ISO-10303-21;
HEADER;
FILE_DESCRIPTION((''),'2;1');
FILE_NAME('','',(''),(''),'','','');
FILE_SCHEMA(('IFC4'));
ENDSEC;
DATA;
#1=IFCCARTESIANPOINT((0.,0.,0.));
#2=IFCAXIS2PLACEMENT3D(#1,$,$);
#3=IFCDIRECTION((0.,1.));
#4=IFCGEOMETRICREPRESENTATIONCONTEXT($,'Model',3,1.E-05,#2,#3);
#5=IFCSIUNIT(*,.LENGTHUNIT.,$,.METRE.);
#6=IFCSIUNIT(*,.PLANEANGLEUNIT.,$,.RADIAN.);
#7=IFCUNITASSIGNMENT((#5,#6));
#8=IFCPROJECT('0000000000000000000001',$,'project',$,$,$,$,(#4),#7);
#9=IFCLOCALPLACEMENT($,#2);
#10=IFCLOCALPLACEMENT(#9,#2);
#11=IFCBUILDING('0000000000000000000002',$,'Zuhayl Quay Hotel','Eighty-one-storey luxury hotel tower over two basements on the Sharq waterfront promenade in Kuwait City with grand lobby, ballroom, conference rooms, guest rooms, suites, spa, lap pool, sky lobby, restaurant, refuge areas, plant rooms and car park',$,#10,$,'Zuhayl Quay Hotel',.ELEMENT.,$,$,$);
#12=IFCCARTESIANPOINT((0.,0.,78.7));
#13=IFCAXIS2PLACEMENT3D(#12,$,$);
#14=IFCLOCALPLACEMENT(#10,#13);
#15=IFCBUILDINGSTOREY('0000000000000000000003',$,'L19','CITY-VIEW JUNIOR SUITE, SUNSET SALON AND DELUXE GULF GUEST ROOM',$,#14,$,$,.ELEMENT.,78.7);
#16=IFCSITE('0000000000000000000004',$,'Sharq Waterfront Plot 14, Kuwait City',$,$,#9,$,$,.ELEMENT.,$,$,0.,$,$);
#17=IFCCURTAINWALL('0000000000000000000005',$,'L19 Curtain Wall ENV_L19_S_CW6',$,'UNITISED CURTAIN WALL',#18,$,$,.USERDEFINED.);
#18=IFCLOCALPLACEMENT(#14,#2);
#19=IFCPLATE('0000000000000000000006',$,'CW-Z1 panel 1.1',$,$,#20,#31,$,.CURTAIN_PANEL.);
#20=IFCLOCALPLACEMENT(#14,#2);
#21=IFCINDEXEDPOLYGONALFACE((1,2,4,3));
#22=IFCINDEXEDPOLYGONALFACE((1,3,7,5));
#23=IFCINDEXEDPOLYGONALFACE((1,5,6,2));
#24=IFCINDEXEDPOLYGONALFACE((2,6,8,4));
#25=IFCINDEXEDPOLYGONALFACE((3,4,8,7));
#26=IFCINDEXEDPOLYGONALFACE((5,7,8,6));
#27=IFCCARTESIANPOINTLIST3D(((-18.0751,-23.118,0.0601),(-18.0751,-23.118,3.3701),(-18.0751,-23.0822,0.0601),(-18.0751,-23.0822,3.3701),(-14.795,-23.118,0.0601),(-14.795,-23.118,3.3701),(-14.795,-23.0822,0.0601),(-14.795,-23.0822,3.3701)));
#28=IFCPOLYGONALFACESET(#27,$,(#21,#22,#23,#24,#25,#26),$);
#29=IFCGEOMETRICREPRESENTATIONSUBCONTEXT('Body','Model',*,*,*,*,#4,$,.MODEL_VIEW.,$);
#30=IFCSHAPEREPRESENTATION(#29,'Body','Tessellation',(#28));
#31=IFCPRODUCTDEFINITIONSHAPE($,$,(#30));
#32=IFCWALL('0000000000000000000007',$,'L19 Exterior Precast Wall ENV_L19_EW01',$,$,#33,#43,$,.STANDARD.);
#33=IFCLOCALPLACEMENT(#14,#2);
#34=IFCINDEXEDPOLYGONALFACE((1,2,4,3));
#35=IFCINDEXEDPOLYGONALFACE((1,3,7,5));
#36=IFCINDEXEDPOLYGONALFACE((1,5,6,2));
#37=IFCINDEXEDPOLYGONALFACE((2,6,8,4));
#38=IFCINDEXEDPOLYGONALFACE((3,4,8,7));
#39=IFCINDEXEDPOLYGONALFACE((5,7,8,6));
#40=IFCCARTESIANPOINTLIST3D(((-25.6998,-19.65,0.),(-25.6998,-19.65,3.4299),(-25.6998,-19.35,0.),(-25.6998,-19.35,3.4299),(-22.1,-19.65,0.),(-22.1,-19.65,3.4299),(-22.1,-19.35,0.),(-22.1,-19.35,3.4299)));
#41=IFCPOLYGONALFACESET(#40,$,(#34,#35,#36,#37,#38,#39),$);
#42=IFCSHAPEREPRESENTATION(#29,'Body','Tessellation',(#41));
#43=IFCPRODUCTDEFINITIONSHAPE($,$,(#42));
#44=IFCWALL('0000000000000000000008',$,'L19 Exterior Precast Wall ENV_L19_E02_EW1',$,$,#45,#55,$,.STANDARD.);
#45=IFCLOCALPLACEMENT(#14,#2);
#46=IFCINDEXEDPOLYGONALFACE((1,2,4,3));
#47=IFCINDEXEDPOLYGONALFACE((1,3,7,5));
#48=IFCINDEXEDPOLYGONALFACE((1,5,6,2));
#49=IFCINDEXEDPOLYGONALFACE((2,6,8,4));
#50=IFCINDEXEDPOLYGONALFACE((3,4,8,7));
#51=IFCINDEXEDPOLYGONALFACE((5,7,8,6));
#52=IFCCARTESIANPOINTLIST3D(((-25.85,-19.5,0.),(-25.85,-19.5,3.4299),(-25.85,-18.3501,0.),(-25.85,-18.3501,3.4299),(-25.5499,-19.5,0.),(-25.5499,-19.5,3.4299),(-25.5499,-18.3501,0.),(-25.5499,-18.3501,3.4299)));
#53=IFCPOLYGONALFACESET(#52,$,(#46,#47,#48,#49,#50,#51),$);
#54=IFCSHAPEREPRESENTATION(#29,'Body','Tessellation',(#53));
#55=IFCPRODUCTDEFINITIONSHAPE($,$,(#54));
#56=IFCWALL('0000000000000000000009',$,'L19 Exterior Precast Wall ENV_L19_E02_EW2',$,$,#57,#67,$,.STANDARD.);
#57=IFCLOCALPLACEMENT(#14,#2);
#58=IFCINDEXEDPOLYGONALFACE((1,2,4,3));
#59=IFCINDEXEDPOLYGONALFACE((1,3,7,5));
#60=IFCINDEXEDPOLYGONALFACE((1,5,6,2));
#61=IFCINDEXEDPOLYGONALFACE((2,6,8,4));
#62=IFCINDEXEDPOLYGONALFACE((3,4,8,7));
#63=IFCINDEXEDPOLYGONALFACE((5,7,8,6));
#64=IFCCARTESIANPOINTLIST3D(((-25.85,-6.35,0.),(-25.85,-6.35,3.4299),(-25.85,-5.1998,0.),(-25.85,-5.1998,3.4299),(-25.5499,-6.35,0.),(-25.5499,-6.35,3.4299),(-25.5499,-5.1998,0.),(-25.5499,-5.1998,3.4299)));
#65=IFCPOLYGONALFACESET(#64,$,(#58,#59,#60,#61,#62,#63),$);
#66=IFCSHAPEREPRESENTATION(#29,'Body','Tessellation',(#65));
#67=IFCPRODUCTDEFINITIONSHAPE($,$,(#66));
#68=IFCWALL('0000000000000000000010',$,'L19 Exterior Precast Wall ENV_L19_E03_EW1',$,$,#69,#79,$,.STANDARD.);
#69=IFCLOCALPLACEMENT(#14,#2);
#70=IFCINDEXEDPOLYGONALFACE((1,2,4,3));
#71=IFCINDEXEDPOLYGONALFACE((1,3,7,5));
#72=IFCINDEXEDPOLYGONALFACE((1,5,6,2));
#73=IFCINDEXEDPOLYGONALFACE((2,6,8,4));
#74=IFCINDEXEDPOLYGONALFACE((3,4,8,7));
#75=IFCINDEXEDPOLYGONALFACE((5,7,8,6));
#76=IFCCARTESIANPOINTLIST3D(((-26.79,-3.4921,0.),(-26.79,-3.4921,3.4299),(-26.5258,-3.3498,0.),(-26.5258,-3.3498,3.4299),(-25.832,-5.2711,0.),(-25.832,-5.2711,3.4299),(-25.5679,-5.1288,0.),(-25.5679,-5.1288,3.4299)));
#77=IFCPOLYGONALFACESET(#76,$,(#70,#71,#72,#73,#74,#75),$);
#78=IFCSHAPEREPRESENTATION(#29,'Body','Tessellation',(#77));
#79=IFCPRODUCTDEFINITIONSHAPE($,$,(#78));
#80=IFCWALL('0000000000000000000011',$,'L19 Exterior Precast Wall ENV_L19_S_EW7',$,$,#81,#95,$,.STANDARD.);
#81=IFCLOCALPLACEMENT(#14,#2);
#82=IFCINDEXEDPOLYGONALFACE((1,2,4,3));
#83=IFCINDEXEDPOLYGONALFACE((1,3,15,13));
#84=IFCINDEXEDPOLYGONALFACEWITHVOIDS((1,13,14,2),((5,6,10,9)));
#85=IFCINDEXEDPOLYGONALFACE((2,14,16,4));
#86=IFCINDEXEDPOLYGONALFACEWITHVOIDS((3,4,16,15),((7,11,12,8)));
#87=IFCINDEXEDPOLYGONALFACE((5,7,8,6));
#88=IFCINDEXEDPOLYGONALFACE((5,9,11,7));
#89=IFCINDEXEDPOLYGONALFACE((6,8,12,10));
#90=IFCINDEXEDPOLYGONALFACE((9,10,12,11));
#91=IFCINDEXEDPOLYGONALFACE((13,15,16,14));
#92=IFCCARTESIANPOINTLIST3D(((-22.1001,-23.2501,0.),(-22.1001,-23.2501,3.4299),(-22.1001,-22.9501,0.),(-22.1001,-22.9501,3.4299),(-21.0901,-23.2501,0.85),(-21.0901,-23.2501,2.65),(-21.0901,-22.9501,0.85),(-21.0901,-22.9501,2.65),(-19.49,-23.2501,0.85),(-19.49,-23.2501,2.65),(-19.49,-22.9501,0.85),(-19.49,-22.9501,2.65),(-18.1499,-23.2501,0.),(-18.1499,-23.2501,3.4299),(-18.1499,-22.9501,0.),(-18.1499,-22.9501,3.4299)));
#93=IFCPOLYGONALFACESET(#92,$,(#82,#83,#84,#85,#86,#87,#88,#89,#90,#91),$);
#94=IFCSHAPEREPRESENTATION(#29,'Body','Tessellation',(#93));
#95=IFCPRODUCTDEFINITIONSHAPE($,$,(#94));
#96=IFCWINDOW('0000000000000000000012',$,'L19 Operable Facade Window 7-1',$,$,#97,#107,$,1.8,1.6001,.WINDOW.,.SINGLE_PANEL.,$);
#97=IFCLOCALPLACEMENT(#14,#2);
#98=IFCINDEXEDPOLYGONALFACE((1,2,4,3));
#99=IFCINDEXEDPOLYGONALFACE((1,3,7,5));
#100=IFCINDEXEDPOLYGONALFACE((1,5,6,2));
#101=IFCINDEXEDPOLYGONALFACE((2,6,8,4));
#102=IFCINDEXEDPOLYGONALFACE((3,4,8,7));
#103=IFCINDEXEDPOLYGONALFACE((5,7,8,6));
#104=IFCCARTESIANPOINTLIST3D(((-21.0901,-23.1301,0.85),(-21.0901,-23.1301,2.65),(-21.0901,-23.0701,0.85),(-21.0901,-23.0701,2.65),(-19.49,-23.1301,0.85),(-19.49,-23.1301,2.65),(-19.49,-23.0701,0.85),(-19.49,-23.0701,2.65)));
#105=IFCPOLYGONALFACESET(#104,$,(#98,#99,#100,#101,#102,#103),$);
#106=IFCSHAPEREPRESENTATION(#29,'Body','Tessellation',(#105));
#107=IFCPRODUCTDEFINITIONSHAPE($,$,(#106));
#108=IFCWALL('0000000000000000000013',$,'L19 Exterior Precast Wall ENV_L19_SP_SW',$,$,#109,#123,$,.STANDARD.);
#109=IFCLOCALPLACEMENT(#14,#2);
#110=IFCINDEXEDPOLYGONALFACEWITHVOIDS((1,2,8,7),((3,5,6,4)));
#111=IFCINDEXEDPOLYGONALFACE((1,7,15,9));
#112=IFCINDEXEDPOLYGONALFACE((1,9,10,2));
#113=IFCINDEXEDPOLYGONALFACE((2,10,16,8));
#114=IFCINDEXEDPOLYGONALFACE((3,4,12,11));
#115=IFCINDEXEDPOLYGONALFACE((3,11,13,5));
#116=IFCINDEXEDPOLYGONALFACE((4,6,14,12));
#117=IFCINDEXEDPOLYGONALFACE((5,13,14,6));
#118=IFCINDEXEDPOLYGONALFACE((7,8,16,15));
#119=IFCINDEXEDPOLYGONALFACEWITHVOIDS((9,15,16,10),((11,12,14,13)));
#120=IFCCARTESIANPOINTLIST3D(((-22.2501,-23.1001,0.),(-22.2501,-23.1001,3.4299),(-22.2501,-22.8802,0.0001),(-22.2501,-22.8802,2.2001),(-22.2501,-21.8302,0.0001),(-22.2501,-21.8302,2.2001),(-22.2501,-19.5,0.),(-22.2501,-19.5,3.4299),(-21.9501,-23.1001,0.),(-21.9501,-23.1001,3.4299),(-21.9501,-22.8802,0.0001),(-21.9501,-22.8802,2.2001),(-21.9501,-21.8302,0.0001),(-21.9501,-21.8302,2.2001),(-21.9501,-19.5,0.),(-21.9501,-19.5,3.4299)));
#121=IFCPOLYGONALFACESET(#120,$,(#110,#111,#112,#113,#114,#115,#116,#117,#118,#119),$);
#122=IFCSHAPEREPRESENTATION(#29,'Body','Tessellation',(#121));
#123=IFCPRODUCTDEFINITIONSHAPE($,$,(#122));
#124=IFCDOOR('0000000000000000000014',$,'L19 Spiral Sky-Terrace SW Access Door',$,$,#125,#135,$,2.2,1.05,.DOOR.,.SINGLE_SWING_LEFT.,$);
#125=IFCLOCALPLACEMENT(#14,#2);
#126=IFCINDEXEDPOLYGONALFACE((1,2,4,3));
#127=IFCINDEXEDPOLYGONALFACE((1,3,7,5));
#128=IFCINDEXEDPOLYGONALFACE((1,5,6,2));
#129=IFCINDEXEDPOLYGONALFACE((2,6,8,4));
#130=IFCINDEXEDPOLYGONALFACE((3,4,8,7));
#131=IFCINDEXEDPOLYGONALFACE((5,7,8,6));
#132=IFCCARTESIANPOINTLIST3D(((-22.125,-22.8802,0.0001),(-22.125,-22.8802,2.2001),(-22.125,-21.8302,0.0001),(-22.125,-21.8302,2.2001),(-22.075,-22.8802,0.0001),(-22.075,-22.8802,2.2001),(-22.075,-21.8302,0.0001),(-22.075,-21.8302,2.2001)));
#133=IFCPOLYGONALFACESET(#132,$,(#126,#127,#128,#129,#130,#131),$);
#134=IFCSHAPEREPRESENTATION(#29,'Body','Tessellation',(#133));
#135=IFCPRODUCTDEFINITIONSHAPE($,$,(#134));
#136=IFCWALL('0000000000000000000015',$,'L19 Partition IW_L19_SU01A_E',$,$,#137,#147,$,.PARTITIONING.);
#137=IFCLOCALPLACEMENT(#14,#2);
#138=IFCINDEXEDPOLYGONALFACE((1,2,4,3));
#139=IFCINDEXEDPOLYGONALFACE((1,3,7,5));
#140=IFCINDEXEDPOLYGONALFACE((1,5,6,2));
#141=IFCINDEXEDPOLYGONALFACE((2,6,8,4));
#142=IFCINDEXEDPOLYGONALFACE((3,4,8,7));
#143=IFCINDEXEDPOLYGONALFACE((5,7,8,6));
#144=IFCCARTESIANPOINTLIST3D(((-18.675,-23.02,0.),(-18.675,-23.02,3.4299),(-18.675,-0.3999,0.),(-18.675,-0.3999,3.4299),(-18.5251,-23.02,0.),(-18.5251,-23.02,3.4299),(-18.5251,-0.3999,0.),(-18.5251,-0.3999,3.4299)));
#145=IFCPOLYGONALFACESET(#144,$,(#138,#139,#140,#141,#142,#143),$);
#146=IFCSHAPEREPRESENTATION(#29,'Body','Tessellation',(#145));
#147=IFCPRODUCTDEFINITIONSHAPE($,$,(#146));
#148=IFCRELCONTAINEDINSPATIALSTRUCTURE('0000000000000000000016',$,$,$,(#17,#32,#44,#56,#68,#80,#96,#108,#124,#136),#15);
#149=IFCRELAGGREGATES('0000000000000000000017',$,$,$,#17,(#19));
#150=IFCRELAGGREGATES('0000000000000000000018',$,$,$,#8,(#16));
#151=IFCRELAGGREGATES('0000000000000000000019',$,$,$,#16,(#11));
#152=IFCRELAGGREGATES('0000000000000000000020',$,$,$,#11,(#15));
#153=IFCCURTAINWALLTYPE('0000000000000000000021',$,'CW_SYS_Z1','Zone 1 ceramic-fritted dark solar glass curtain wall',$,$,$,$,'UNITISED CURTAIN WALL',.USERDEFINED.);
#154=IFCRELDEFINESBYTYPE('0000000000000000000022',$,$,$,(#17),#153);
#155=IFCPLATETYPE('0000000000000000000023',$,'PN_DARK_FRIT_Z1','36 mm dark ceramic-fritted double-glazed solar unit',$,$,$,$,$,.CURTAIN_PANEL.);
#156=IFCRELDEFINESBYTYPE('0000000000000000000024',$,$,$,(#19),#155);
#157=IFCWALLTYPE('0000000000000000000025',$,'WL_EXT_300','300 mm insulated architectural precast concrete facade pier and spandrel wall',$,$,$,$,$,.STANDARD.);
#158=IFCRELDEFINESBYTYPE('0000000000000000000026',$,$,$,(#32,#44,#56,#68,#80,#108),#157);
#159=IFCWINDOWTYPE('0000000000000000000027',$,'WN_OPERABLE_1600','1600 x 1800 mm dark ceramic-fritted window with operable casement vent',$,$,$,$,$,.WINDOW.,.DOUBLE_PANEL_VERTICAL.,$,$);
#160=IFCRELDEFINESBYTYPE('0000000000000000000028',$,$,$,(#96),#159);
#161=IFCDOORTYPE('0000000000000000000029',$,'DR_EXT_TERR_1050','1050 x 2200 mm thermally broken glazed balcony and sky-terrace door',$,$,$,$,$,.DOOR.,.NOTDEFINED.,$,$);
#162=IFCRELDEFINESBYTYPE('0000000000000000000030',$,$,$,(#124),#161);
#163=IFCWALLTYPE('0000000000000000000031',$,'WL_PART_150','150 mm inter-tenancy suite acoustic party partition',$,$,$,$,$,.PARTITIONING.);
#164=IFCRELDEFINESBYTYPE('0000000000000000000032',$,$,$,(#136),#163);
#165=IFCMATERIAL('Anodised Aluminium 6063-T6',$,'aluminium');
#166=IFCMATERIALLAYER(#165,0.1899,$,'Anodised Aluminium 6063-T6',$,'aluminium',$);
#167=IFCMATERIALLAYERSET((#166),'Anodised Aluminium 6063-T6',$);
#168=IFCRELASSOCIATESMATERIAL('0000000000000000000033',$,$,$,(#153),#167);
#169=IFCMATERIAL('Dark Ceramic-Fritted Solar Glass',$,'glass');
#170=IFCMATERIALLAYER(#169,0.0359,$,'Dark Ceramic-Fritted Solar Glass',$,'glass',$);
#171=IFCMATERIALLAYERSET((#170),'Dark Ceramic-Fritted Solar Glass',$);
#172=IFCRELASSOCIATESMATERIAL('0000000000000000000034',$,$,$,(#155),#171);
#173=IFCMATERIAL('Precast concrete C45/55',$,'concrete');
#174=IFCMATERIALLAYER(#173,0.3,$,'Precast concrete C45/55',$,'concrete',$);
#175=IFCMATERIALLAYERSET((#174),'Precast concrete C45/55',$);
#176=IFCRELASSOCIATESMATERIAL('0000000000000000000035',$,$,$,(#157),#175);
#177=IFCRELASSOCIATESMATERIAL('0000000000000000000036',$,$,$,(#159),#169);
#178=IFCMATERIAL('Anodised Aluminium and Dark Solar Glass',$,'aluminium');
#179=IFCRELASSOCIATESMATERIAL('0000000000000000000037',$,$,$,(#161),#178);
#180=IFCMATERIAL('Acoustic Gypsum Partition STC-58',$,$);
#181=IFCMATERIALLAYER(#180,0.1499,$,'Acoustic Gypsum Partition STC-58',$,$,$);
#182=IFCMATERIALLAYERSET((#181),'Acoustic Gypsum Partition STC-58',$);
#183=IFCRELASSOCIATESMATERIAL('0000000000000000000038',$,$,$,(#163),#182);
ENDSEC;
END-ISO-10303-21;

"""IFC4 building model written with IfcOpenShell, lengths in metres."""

from ifc_helpers import new_model, si_unit, direction, frame, frame_2d, origin, origin_2d, place, context, subcontext, project, spatial, rectangle, extrude, material, layer, layer_set, type_object, element, fill, aggregate, save


model = new_model("IFC4")

# Units and contexts
model_context = context("Model", 3, precision=1e-05, world=origin(), true_north=direction((0.0, 1.0)))
body_context = subcontext(model_context, "Body", "Model", "MODEL_VIEW")
ifc_project = project(units=[si_unit("LENGTHUNIT", "METRE"), si_unit("PLANEANGLEUNIT", "RADIAN")], contexts=[model_context])

# Site, building, storey
site_placement = place(None, origin())
site = spatial("IfcSite", under=ifc_project, at=site_placement, Name="Sharq Waterfront Plot 14, Kuwait City", CompositionType="ELEMENT", RefElevation=0.0)
building_placement = place(site_placement, origin())
building = spatial("IfcBuilding", under=site, at=building_placement, Name="Zuhayl Quay Hotel", Description="Eighty-one-storey luxury hotel tower over two basements on the Sharq waterfront promenade in Kuwait City with grand lobby, ballroom, conference rooms, guest rooms, suites, spa, lap pool, sky lobby, restaurant, refuge areas, plant rooms and car park", LongName="Zuhayl Quay Hotel", CompositionType="ELEMENT")
storey_placement = place(building_placement, frame((0.0, 0.0, 78.7)))
storey = spatial("IfcBuildingStorey", under=building, at=storey_placement, Name="L19", Description="CITY-VIEW JUNIOR SUITE, SUNSET SALON AND DELUXE GULF GUEST ROOM", CompositionType="ELEMENT", Elevation=78.7)

# Shared definitions
ifc_material_1 = material(Name="Anodised Aluminium 6063-T6", Category="aluminium")
ifc_layer_1 = layer(ifc_material_1, 0.1899, Name="Anodised Aluminium 6063-T6", Category="aluminium")
ifc_layer_set_1 = layer_set([ifc_layer_1], Name="Anodised Aluminium 6063-T6")
curtain_wall_type = type_object("IfcCurtainWallType", Name="CW_SYS_Z1", Description="Zone 1 ceramic-fritted dark solar glass curtain wall", ElementType="UNITISED CURTAIN WALL", PredefinedType="USERDEFINED", material=ifc_layer_set_1)

# Curtain wall
curtain_wall_1_placement = place(storey_placement, origin())
curtain_wall_1 = element("IfcCurtainWall", 1, at=curtain_wall_1_placement, inside=storey, type_object=curtain_wall_type, Name="L19 Curtain Wall ENV_L19_S_CW6", ObjectType="UNITISED CURTAIN WALL", PredefinedType="USERDEFINED")

# Plate
ifc_material_2 = material(Name="Dark Ceramic-Fritted Solar Glass", Category="glass")
ifc_layer_2 = layer(ifc_material_2, 0.0359, Name="Dark Ceramic-Fritted Solar Glass", Category="glass")
ifc_layer_set_2 = layer_set([ifc_layer_2], Name="Dark Ceramic-Fritted Solar Glass")
plate_type = type_object("IfcPlateType", Name="PN_DARK_FRIT_Z1", Description="36 mm dark ceramic-fritted double-glazed solar unit", PredefinedType="CURTAIN_PANEL", material=ifc_layer_set_2)
plate_1_placement = place(storey_placement, frame((-16.4351, -23.1001, 0.0601), z_axis=(0.0, 0.0, 1.0), x_axis=(-1.0, 0.0, 0.0)))
plate_1 = element("IfcPlate", 2, at=plate_1_placement, type_object=plate_type, Name="CW-Z1 panel 1.1", PredefinedType="CURTAIN_PANEL", context=body_context, shape_type="SweptSolid", body=[
    extrude(rectangle(XDim=3.28, YDim=0.0359, at=origin_2d()), origin(), (0.0, 0.0, 1.0), 3.3101),
])
aggregate(curtain_wall_1, [plate_1])

# Walls
ifc_material_3 = material(Name="Precast concrete C45/55", Category="concrete")
ifc_layer_3 = layer(ifc_material_3, 0.3, Name="Precast concrete C45/55", Category="concrete")
ifc_layer_set_3 = layer_set([ifc_layer_3], Name="Precast concrete C45/55")
wall_type_1 = type_object("IfcWallType", Name="WL_EXT_300", Description="300 mm insulated architectural precast concrete facade pier and spandrel wall", PredefinedType="STANDARD", material=ifc_layer_set_3)
wall_1_placement = place(storey_placement, frame((-22.1001, -19.5, 0.0), z_axis=(0.0, 0.0, 1.0), x_axis=(-1.0, 0.0, 0.0)))
element("IfcWall", 3, at=wall_1_placement, inside=storey, type_object=wall_type_1, Name="L19 Exterior Precast Wall ENV_L19_EW01", PredefinedType="STANDARD", context=body_context, shape_type="SweptSolid", body=[
    extrude(rectangle(XDim=3.5999, YDim=0.3, at=frame_2d((1.7998, 0.0))), origin(), (0.0, 0.0, 1.0), 3.4299),
])
wall_2_placement = place(storey_placement, frame((-25.7, -19.5, 0.0), z_axis=(0.0, 0.0, 1.0), x_axis=(0.0, 1.0, 0.0)))
element("IfcWall", 4, at=wall_2_placement, inside=storey, type_object=wall_type_1, Name="L19 Exterior Precast Wall ENV_L19_E02_EW1", PredefinedType="STANDARD", context=body_context, shape_type="SweptSolid", body=[
    extrude(rectangle(XDim=1.1499, YDim=0.3, at=frame_2d((0.575, 0.0))), origin(), (0.0, 0.0, 1.0), 3.4299),
])
wall_3_placement = place(storey_placement, frame((-25.7, -6.3501, 0.0), z_axis=(0.0, 0.0, 1.0), x_axis=(0.0, 1.0, 0.0)))
element("IfcWall", 5, at=wall_3_placement, inside=storey, type_object=wall_type_1, Name="L19 Exterior Precast Wall ENV_L19_E02_EW2", PredefinedType="STANDARD", context=body_context, shape_type="SweptSolid", body=[
    extrude(rectangle(XDim=1.1501, YDim=0.3, at=frame_2d((0.5752, 0.0))), origin(), (0.0, 0.0, 1.0), 3.4299),
])
wall_4_placement = place(storey_placement, frame((-25.7, -5.2, 0.0), z_axis=(0.0, 0.0, 1.0), x_axis=(-0.474121, 0.880459, 0.0)))
element("IfcWall", 6, at=wall_4_placement, inside=storey, type_object=wall_type_1, Name="L19 Exterior Precast Wall ENV_L19_E03_EW1", PredefinedType="STANDARD", context=body_context, shape_type="SweptSolid", body=[
    extrude(rectangle(XDim=2.0205, YDim=0.3, at=frame_2d((1.0103, 0.0))), origin(), (0.0, 0.0, 1.0), 3.4299),
])

# Wall, opening, window
wall_5_placement = place(storey_placement, frame((-18.1499, -23.1001, 0.0), z_axis=(0.0, 0.0, 1.0), x_axis=(-1.0, 0.0, 0.0)))
wall_5 = element("IfcWall", 7, at=wall_5_placement, inside=storey, type_object=wall_type_1, Name="L19 Exterior Precast Wall ENV_L19_S_EW7", PredefinedType="STANDARD", context=body_context, shape_type="SweptSolid", body=[
    extrude(rectangle(XDim=3.9502, YDim=0.3, at=frame_2d((1.9751, 0.0))), origin(), (0.0, 0.0, 1.0), 3.4299),
])
opening_1_placement = place(wall_5_placement, frame((1.3401, 0.0, 0.8501)))
opening_1 = element("IfcOpeningElement", 8, at=opening_1_placement, cuts=wall_5, PredefinedType="OPENING", context=body_context, shape_type="SweptSolid", body=[
    extrude(rectangle(XDim=1.6001, YDim=1.8, at=frame_2d((0.8, 0.8999))), frame((0.0, 0.1599, 0.0), z_axis=(0.0, -1.0, 0.0), x_axis=(1.0, 0.0, 0.0)), (0.0, 0.0, 1.0), 0.3201),
])
window_type = type_object("IfcWindowType", Name="WN_OPERABLE_1600", Description="1600 x 1800 mm dark ceramic-fritted window with operable casement vent", PartitioningType="DOUBLE_PANEL_VERTICAL", PredefinedType="WINDOW", material=ifc_material_2)
window_placement = place(opening_1_placement, origin())
window = element("IfcWindow", 9, at=window_placement, inside=storey, type_object=window_type, Name="L19 Operable Facade Window 7-1", OverallHeight=1.8, OverallWidth=1.6001, PartitioningType="SINGLE_PANEL", PredefinedType="WINDOW", context=body_context, shape_type="SweptSolid", body=[
    extrude(rectangle(XDim=1.6001, YDim=1.8, at=frame_2d((0.8, 0.8999))), frame((0.0, 0.03, 0.0), z_axis=(0.0, -1.0, 0.0), x_axis=(1.0, 0.0, 0.0)), (0.0, 0.0, 1.0), 0.0601),
])
fill(opening_1, window)

# Wall, opening, door
wall_6_placement = place(storey_placement, frame((-22.1001, -23.1001, 0.0), z_axis=(0.0, 0.0, 1.0), x_axis=(0.0, 1.0, 0.0)))
wall_6 = element("IfcWall", 10, at=wall_6_placement, inside=storey, type_object=wall_type_1, Name="L19 Exterior Precast Wall ENV_L19_SP_SW", PredefinedType="STANDARD", context=body_context, shape_type="SweptSolid", body=[
    extrude(rectangle(XDim=3.6001, YDim=0.3, at=frame_2d((1.8, 0.0))), origin(), (0.0, 0.0, 1.0), 3.4299),
])
opening_2_placement = place(wall_6_placement, frame((0.22, 0.0, 0.0)))
opening_2 = element("IfcOpeningElement", 11, at=opening_2_placement, cuts=wall_6, PredefinedType="OPENING", context=body_context, shape_type="SweptSolid", body=[
    extrude(rectangle(XDim=1.05, YDim=2.2, at=frame_2d((0.5249, 1.1001))), frame((0.0, 0.1599, 0.0), z_axis=(0.0, -1.0, 0.0), x_axis=(1.0, 0.0, 0.0)), (0.0, 0.0, 1.0), 0.3201),
])
ifc_material_4 = material(Name="Anodised Aluminium and Dark Solar Glass", Category="aluminium")
door_type = type_object("IfcDoorType", Name="DR_EXT_TERR_1050", Description="1050 x 2200 mm thermally broken glazed balcony and sky-terrace door", OperationType="NOTDEFINED", PredefinedType="DOOR", material=ifc_material_4)
door_placement = place(opening_2_placement, origin())
door = element("IfcDoor", 12, at=door_placement, inside=storey, type_object=door_type, Name="L19 Spiral Sky-Terrace SW Access Door", OperationType="SINGLE_SWING_LEFT", OverallHeight=2.2, OverallWidth=1.05, PredefinedType="DOOR", context=body_context, shape_type="SweptSolid", body=[
    extrude(rectangle(XDim=1.05, YDim=2.2, at=frame_2d((0.5249, 1.1001))), frame((0.0, 0.0249, 0.0), z_axis=(0.0, -1.0, 0.0), x_axis=(1.0, 0.0, 0.0)), (0.0, 0.0, 1.0), 0.05),
])
fill(opening_2, door)

# Wall
ifc_material_5 = material(Name="Acoustic Gypsum Partition STC-58")
ifc_layer_4 = layer(ifc_material_5, 0.1499, Name="Acoustic Gypsum Partition STC-58")
ifc_layer_set_4 = layer_set([ifc_layer_4], Name="Acoustic Gypsum Partition STC-58")
wall_type_2 = type_object("IfcWallType", Name="WL_PART_150", Description="150 mm inter-tenancy suite acoustic party partition", PredefinedType="PARTITIONING", material=ifc_layer_set_4)
wall_7_placement = place(storey_placement, frame((-18.6001, -23.02, 0.0), z_axis=(0.0, 0.0, 1.0), x_axis=(0.0, 1.0, 0.0)))
element("IfcWall", 13, at=wall_7_placement, inside=storey, type_object=wall_type_2, Name="L19 Partition IW_L19_SU01A_E", PredefinedType="PARTITIONING", context=body_context, shape_type="SweptSolid", body=[
    extrude(rectangle(XDim=22.6201, YDim=0.1499, at=frame_2d((11.3101, 0.0))), origin(), (0.0, 0.0, 1.0), 3.4299),
])

save(model, "model.ifc")
